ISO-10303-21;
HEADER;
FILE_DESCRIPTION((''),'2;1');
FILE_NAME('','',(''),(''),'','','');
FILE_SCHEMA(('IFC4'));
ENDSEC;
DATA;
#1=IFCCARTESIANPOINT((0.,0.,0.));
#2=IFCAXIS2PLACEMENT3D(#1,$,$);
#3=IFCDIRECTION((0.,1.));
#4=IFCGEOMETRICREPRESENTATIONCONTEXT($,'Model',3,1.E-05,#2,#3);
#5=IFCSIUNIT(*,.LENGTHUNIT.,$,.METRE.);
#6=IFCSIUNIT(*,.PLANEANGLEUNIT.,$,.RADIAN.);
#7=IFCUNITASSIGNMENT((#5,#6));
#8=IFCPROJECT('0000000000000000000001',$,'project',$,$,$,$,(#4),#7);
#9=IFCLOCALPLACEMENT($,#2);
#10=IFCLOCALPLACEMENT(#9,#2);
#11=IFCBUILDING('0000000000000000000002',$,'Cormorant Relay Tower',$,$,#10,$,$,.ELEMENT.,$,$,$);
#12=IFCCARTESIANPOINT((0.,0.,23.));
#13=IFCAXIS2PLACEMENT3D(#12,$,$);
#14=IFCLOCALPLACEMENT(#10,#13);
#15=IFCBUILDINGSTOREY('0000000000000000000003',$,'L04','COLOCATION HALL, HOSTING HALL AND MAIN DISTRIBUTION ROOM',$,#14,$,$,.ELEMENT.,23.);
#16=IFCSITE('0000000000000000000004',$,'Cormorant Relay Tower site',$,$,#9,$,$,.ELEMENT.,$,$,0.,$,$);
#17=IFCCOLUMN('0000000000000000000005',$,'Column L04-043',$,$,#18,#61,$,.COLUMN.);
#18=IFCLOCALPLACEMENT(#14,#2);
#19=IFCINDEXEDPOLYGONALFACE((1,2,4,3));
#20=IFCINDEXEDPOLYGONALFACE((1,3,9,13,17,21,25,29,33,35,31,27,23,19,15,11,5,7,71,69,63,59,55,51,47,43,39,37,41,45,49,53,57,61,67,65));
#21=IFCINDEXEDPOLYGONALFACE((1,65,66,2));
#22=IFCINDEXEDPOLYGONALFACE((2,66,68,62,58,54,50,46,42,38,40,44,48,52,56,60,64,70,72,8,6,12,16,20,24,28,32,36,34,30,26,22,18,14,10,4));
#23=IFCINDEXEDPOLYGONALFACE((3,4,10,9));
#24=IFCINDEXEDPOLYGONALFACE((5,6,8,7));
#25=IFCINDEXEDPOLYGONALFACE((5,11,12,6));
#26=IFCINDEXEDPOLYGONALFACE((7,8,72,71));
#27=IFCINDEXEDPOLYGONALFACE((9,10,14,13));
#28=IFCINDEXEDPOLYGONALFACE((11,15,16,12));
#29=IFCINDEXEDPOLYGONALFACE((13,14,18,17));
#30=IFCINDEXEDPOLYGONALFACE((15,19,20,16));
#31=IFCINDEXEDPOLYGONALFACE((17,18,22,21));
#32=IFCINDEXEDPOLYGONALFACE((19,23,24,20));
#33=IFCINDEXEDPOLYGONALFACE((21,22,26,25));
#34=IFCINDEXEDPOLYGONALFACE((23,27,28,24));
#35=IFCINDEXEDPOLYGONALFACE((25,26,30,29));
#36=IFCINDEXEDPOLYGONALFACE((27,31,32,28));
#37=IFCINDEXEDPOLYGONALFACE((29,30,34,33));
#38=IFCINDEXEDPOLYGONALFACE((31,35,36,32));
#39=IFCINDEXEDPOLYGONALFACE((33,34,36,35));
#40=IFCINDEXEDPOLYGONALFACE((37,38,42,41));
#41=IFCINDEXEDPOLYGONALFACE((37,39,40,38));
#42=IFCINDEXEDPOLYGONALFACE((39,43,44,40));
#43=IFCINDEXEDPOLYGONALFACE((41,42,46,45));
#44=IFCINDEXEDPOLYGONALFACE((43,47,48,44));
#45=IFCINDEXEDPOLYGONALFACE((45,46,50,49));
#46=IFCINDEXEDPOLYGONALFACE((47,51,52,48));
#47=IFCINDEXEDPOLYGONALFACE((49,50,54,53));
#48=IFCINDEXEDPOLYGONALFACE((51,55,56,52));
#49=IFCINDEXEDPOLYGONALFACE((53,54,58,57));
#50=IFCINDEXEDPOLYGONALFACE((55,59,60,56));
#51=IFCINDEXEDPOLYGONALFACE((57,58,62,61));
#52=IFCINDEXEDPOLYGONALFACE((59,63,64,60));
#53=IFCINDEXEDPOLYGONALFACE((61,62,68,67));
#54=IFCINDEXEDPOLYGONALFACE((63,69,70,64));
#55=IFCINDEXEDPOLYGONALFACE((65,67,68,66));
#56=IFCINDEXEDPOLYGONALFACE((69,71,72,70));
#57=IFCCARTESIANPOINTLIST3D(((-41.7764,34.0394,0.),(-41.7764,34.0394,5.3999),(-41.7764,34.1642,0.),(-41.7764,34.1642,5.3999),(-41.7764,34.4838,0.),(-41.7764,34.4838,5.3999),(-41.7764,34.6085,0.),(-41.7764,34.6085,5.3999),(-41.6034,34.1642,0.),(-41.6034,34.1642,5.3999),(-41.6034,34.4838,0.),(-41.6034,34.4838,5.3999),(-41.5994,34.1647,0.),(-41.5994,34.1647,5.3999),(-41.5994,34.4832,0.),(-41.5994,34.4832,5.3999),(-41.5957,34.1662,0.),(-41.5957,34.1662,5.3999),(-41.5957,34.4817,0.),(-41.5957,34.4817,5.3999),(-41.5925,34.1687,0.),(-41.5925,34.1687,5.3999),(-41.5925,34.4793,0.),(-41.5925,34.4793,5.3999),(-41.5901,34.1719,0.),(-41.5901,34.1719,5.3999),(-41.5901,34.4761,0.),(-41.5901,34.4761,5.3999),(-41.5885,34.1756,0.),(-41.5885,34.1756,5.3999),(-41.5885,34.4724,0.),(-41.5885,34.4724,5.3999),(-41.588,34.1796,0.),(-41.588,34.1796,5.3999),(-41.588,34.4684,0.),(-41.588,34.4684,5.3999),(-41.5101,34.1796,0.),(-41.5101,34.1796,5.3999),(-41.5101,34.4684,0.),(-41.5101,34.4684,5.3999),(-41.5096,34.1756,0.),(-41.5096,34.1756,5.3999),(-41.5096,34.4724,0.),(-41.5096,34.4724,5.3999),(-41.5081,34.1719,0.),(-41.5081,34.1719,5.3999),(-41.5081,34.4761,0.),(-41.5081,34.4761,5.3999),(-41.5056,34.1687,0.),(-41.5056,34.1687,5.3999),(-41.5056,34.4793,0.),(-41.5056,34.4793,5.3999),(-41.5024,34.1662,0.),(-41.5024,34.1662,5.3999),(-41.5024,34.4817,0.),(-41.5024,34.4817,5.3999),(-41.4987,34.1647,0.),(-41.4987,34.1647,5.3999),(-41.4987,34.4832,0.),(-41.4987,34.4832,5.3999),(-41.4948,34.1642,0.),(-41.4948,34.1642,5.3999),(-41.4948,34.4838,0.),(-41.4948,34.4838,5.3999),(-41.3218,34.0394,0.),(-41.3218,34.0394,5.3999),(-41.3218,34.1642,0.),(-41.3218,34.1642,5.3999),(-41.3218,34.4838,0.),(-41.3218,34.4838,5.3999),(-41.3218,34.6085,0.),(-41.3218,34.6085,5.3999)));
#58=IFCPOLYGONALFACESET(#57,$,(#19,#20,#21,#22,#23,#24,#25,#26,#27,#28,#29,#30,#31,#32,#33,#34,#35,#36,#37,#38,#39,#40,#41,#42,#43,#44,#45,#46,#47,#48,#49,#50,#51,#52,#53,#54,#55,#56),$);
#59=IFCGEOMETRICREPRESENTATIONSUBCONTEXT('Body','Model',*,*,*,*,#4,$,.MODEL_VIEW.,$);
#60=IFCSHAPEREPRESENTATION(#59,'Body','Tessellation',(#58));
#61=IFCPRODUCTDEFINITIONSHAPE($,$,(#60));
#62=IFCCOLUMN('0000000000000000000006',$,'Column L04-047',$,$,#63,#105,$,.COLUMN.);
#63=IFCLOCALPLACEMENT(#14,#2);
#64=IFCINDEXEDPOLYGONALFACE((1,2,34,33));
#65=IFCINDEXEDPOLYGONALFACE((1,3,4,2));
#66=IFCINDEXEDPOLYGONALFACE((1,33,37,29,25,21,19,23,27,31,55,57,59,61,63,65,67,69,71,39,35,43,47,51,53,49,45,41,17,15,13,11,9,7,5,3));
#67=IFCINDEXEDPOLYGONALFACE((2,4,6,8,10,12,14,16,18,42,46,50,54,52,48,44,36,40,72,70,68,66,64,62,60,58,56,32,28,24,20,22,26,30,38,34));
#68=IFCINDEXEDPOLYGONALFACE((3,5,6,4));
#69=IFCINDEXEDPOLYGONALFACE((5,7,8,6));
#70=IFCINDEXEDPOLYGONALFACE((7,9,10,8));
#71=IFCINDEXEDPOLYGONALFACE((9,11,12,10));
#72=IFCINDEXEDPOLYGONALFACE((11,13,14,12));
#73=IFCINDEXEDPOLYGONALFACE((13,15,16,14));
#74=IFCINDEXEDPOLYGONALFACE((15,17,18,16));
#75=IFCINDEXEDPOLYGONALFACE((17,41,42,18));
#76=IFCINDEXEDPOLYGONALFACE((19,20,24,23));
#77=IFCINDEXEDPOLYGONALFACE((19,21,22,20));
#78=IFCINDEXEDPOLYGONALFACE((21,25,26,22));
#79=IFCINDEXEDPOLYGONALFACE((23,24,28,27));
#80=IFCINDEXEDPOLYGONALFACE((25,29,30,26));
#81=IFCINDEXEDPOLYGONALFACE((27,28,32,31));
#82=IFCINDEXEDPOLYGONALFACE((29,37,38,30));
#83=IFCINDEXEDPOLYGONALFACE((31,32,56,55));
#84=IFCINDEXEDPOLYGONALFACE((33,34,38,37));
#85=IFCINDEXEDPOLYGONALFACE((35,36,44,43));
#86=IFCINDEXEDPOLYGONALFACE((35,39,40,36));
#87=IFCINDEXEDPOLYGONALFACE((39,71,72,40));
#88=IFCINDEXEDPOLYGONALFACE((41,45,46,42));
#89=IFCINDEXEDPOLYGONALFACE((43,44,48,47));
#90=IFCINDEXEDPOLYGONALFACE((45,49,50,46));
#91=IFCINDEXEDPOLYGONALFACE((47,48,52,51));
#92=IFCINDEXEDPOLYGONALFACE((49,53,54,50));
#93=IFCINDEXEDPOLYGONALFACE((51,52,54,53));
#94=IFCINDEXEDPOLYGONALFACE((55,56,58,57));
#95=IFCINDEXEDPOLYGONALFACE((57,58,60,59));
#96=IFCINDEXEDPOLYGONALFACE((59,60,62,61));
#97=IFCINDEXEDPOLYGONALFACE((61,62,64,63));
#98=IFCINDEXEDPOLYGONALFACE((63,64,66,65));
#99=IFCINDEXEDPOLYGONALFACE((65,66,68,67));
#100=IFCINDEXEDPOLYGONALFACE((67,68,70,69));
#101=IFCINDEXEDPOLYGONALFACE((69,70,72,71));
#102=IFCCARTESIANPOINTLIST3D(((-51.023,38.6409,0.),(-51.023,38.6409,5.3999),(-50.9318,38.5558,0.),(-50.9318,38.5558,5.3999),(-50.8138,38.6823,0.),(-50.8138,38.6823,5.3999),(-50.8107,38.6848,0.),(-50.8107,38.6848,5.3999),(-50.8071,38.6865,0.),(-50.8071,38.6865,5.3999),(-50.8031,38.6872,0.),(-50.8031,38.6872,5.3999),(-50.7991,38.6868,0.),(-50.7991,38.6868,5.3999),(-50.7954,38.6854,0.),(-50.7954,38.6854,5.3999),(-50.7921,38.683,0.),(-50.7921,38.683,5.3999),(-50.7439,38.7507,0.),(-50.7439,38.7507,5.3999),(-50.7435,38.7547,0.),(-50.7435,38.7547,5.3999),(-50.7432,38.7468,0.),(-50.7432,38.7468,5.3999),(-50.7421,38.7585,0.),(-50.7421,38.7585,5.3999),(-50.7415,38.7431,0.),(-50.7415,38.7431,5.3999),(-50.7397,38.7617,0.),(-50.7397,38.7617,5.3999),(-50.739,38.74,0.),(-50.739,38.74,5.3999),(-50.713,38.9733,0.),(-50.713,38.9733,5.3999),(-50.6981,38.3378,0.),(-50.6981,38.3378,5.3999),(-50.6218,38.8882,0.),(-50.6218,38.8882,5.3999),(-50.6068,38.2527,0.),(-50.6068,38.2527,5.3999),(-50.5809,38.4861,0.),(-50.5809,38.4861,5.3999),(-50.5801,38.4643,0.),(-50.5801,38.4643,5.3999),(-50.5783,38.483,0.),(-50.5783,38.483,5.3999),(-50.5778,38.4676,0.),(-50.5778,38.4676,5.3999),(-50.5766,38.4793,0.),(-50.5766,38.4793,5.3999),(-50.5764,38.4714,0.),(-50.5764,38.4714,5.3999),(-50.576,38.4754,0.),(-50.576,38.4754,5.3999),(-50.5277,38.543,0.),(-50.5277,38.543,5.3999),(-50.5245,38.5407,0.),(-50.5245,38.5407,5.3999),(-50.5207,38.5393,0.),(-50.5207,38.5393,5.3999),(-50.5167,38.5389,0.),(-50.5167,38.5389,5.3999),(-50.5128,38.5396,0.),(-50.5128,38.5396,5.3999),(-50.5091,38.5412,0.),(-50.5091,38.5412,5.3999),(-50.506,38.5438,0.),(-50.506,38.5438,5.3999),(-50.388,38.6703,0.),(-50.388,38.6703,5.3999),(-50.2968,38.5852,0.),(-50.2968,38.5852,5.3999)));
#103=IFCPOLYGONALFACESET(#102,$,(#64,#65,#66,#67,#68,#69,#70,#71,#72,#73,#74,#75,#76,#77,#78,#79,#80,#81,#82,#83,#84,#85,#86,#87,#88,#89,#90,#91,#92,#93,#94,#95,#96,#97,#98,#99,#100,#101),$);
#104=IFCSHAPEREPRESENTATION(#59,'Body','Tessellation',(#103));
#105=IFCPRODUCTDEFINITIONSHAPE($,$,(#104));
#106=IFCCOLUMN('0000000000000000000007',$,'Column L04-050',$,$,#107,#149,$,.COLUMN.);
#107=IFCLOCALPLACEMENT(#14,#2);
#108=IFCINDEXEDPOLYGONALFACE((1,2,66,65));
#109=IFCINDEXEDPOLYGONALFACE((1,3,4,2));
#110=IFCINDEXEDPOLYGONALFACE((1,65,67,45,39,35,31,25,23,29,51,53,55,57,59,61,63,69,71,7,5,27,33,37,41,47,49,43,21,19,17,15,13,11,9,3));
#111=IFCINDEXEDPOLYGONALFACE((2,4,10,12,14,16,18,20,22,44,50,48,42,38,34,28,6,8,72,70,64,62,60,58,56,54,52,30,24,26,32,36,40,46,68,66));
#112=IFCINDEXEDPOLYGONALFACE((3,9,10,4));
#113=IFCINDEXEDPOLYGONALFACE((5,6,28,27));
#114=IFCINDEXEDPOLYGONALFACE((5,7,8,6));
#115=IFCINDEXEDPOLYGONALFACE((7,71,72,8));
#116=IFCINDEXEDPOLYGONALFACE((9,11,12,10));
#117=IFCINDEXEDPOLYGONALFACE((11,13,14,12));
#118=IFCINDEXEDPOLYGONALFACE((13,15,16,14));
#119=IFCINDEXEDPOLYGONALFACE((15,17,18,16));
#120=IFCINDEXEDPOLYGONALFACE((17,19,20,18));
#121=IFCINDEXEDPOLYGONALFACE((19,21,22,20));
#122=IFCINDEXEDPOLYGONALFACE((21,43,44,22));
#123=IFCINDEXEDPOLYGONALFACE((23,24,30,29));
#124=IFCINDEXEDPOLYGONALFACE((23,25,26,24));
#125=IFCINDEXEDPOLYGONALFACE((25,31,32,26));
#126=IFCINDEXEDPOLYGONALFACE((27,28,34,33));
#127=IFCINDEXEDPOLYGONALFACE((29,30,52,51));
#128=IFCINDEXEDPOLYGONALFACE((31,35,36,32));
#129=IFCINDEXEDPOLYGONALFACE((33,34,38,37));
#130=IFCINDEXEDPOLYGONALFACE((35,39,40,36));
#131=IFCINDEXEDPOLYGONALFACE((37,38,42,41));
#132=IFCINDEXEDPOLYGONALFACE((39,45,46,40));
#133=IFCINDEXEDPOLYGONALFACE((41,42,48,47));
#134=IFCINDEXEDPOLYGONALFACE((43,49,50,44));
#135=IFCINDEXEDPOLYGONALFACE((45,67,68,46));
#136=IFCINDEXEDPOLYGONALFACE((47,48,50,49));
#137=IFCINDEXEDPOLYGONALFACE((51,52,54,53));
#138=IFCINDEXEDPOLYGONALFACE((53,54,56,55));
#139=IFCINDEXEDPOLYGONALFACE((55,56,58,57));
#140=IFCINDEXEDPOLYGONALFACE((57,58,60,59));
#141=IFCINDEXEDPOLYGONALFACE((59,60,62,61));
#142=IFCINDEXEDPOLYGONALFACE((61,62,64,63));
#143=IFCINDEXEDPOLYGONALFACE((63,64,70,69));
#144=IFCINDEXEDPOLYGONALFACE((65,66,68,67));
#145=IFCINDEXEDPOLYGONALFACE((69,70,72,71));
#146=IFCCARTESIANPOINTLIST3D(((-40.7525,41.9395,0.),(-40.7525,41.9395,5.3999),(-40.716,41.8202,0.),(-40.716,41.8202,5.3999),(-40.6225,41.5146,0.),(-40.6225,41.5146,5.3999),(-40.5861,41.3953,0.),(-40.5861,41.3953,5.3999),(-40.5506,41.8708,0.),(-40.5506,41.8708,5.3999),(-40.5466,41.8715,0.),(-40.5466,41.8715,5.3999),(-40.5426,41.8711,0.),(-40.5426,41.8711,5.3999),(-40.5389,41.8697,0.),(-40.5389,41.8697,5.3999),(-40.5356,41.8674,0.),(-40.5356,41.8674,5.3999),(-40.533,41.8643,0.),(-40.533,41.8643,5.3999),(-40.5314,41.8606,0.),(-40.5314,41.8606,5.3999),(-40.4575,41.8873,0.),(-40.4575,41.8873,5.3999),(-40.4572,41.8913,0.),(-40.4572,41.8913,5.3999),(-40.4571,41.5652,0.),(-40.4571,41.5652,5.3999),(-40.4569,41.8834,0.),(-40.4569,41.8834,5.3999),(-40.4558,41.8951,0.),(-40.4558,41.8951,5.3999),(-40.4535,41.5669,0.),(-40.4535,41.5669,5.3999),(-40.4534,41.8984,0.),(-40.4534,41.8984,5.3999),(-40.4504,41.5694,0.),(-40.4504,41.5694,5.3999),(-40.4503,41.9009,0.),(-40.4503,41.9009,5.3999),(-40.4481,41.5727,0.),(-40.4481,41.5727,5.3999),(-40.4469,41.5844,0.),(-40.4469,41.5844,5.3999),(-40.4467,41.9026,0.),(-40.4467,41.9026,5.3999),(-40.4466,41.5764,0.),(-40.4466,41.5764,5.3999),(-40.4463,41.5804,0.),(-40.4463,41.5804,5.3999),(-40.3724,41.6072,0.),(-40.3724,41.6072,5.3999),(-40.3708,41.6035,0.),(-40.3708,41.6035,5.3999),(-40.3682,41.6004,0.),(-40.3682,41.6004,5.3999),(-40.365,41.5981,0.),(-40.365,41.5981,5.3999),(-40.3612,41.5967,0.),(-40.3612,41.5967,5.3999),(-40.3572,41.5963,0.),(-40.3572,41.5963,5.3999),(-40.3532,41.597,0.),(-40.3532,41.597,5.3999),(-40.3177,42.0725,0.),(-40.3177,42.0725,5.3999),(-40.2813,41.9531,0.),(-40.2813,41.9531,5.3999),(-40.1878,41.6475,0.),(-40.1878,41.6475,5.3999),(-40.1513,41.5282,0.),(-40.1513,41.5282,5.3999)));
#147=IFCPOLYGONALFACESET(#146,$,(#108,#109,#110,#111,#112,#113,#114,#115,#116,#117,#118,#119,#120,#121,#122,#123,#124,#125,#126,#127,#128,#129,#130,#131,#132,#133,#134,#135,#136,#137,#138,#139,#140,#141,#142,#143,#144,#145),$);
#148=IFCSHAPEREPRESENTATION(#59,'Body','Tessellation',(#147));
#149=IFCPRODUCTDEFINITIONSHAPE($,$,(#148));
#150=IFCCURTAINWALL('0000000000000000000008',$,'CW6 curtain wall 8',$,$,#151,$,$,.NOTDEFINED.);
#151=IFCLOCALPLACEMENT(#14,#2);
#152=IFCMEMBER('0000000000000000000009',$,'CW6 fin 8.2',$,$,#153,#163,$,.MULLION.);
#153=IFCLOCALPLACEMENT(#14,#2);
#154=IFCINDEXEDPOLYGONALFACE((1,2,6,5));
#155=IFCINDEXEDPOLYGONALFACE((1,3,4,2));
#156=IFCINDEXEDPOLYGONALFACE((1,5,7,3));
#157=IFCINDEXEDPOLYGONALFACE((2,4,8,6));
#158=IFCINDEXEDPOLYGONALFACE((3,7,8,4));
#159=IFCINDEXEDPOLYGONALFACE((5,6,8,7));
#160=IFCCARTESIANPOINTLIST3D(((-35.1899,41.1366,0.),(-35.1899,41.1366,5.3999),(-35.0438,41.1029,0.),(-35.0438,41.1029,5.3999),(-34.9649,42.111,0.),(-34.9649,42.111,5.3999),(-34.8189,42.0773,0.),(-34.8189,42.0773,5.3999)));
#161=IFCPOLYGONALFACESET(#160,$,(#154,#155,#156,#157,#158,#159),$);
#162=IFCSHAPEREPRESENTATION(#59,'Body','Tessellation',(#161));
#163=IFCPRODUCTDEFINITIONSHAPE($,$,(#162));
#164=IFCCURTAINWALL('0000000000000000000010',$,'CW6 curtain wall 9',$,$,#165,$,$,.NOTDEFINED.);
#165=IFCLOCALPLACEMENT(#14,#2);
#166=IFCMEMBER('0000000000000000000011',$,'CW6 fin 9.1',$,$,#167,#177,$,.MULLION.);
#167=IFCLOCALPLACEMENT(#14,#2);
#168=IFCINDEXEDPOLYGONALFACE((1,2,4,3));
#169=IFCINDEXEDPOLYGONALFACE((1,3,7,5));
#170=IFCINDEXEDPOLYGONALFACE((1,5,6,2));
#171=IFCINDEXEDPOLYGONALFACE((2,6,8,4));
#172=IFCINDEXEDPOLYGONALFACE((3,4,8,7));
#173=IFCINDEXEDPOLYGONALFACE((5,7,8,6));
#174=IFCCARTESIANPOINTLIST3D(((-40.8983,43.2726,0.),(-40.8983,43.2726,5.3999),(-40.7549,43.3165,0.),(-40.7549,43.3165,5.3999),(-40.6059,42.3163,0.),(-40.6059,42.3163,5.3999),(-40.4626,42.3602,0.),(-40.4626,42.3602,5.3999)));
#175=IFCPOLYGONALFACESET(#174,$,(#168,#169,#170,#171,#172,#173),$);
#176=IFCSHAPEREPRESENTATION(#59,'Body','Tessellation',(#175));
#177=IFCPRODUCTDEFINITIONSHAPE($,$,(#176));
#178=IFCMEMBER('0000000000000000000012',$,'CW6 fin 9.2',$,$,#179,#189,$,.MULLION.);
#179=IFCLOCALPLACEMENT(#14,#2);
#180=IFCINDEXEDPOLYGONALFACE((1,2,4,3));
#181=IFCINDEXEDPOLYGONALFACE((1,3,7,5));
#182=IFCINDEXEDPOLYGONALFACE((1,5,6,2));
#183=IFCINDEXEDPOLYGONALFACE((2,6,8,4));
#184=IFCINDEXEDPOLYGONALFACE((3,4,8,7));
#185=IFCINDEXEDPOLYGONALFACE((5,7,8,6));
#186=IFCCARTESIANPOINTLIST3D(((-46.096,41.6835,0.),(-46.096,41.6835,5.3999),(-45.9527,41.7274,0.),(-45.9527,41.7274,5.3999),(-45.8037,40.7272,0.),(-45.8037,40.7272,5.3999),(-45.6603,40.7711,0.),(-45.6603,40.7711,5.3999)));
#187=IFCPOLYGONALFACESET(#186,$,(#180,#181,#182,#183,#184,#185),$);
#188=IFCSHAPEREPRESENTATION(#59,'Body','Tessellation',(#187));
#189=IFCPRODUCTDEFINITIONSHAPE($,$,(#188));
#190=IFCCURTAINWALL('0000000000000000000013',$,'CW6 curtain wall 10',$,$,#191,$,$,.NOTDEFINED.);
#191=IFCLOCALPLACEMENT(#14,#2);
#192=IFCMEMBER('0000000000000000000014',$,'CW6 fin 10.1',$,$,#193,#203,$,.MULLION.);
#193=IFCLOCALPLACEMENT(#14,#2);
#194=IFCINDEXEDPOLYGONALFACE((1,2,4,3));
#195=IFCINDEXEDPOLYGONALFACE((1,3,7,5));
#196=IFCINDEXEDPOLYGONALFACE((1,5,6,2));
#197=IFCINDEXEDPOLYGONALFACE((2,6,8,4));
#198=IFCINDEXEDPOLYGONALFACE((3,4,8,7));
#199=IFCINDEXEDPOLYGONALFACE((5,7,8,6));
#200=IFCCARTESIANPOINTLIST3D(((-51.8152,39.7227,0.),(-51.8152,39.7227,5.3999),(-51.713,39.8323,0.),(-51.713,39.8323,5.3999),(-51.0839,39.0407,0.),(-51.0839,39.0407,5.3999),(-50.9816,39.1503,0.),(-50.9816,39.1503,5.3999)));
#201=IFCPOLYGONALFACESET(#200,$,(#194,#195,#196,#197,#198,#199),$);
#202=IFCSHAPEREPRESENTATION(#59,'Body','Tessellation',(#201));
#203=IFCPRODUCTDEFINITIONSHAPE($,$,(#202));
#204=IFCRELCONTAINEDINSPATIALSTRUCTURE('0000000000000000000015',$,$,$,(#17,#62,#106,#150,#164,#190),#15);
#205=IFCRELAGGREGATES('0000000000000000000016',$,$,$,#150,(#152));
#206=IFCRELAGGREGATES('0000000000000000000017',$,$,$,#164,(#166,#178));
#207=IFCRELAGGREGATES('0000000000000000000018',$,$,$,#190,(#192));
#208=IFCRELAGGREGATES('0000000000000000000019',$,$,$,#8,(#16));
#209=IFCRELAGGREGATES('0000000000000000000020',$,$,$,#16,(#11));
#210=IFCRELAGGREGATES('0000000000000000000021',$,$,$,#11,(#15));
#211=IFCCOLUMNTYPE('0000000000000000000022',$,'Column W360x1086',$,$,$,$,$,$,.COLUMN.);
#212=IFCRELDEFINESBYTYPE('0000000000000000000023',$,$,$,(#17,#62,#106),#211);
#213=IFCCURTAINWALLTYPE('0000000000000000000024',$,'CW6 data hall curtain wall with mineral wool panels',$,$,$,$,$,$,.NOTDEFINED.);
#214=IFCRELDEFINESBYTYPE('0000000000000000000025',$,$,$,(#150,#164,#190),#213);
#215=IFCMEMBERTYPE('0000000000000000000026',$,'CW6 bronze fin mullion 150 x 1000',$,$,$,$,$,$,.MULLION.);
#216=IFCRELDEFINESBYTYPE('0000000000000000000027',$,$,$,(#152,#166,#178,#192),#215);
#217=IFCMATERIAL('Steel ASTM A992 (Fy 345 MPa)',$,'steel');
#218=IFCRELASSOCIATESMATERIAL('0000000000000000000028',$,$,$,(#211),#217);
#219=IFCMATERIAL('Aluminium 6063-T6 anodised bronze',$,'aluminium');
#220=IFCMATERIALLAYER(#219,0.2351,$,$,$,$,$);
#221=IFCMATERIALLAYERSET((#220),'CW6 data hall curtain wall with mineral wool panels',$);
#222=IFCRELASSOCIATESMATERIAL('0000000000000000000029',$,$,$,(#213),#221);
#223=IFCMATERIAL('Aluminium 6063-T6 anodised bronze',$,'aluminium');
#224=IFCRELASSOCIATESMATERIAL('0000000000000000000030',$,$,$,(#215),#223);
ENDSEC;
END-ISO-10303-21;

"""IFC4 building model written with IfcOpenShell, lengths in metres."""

from ifc_helpers import new_model, si_unit, direction, frame, origin, origin_2d, place, context, subcontext, project, spatial, rectangle, i_section, extrude, material, layer, layer_set, material_profile, profile_set, type_object, element, aggregate, save


model = new_model("IFC4")

# Units and contexts
model_context = context("Model", 3, precision=1e-05, world=origin(), true_north=direction((0.0, 1.0)))
body_context = subcontext(model_context, "Body", "Model", "MODEL_VIEW")
ifc_project = project(units=[si_unit("LENGTHUNIT", "METRE"), si_unit("PLANEANGLEUNIT", "RADIAN")], contexts=[model_context])

# Site, building, storey
site_placement = place(None, origin())
site = spatial("IfcSite", under=ifc_project, at=site_placement, Name="Cormorant Relay Tower site", CompositionType="ELEMENT", RefElevation=0.0)
building_placement = place(site_placement, origin())
building = spatial("IfcBuilding", under=site, at=building_placement, Name="Cormorant Relay Tower", CompositionType="ELEMENT")
storey_placement = place(building_placement, frame((0.0, 0.0, 23.0)))
storey = spatial("IfcBuildingStorey", under=building, at=storey_placement, Name="L04", Description="COLOCATION HALL, HOSTING HALL AND MAIN DISTRIBUTION ROOM", CompositionType="ELEMENT", Elevation=23.0)

# Columns
ifc_material_1 = material(Name="Steel ASTM A992 (Fy 345 MPa)", Category="steel")
ifc_material_profile_1 = material_profile(ifc_material_1, i_section(OverallWidth=0.4546, OverallDepth=0.5691, WebThickness=0.0779, FlangeThickness=0.1248, FilletRadius=0.0154, at=origin_2d()), Name="W360x1086")
ifc_profile_set_1 = profile_set([ifc_material_profile_1], Name="Steel ASTM A992 (Fy 345 MPa)")
column_type = type_object("IfcColumnType", Name="Column W360x1086", PredefinedType="COLUMN", material=ifc_profile_set_1)
for number, where, z_axis, x_axis, name in (
    (1, (-41.5491, 34.324, 0.0), (0.0, 0.0, 1.0), (1.0, 0.0, 0.0), "Column L04-043"),
    (2, (-50.6599, 38.613, 0.0), (0.0, 0.0, 1.0), (-0.681998, -0.731354, 0.0), "Column L04-047"),
    (3, (-40.4519, 41.7339, 0.0), (0.0, 0.0, 1.0), (-0.956305, -0.292372, 0.0), "Column L04-050"),
):
    element("IfcColumn", number, at=place(storey_placement, frame(where, z_axis=z_axis, x_axis=x_axis)), inside=storey, type_object=column_type, Name=name, PredefinedType="COLUMN", context=body_context, shape_type="SweptSolid", body=[
        extrude(i_section(OverallWidth=0.4546, OverallDepth=0.5691, WebThickness=0.0779, FlangeThickness=0.1248, FilletRadius=0.0154, at=origin_2d()), origin(), (0.0, 0.0, 1.0), 5.3999),
    ])

# Curtain wall, member
ifc_material_2 = material(Name="Aluminium 6063-T6 anodised bronze", Category="aluminium")
ifc_layer_1 = layer(ifc_material_2, 0.2351)
ifc_layer_set_1 = layer_set([ifc_layer_1], Name="CW6 data hall curtain wall with mineral wool panels")
curtain_wall_type = type_object("IfcCurtainWallType", Name="CW6 data hall curtain wall with mineral wool panels", PredefinedType="NOTDEFINED", material=ifc_layer_set_1)
curtain_wall_1_placement = place(storey_placement, origin())
curtain_wall_1 = element("IfcCurtainWall", 4, at=curtain_wall_1_placement, inside=storey, type_object=curtain_wall_type, Name="CW6 curtain wall 8", PredefinedType="NOTDEFINED")
ifc_material_3 = material(Name="Aluminium 6063-T6 anodised bronze", Category="aluminium")
ifc_material_profile_2 = material_profile(ifc_material_3, rectangle(XDim=0.1499, YDim=1.0, at=origin_2d()), Name="AL 150x1000")
ifc_profile_set_2 = profile_set([ifc_material_profile_2], Name="Aluminium 6063-T6 anodised bronze")
member_type_1 = type_object("IfcMemberType", Name="CW6 bronze fin mullion 150 x 1000", PredefinedType="MULLION", material=ifc_profile_set_2)
member_1_placement = place(storey_placement, frame((-35.0044, 41.6069, 0.0), z_axis=(0.0, 0.0, 1.0), x_axis=(-0.97437, 0.224951, 0.0)))
member_1 = element("IfcMember", 5, at=member_1_placement, type_object=member_type_1, Name="CW6 fin 8.2", PredefinedType="MULLION", context=body_context, shape_type="SweptSolid", body=[
    extrude(rectangle(XDim=0.1499, YDim=1.0, at=origin_2d()), origin(), (0.0, 0.0, 1.0), 5.3999),
])

# Curtain walls, members
curtain_wall_2_placement = place(storey_placement, origin())
curtain_wall_2 = element("IfcCurtainWall", 6, at=curtain_wall_2_placement, inside=storey, type_object=curtain_wall_type, Name="CW6 curtain wall 9", PredefinedType="NOTDEFINED")
member_2_placement = place(storey_placement, frame((-40.6804, 42.8164, 0.0), z_axis=(0.0, 0.0, 1.0), x_axis=(-0.956305, -0.292372, 0.0)))
member_2 = element("IfcMember", 7, at=member_2_placement, type_object=member_type_1, Name="CW6 fin 9.1", PredefinedType="MULLION", context=body_context, shape_type="SweptSolid", body=[
    extrude(rectangle(XDim=0.1499, YDim=1.0, at=origin_2d()), origin(), (0.0, 0.0, 1.0), 5.3999),
])
member_3_placement = place(storey_placement, frame((-45.8782, 41.2273, 0.0), z_axis=(0.0, 0.0, 1.0), x_axis=(-0.956305, -0.292372, 0.0)))
member_3 = element("IfcMember", 8, at=member_3_placement, type_object=member_type_1, Name="CW6 fin 9.2", PredefinedType="MULLION", context=body_context, shape_type="SweptSolid", body=[
    extrude(rectangle(XDim=0.1499, YDim=1.0, at=origin_2d()), origin(), (0.0, 0.0, 1.0), 5.3999),
])
curtain_wall_3_placement = place(storey_placement, origin())
curtain_wall_3 = element("IfcCurtainWall", 9, at=curtain_wall_3_placement, inside=storey, type_object=curtain_wall_type, Name="CW6 curtain wall 10", PredefinedType="NOTDEFINED")
member_4_placement = place(storey_placement, frame((-51.3984, 39.4365, 0.0), z_axis=(0.0, 0.0, 1.0), x_axis=(-0.681998, -0.731354, 0.0)))
member_4 = element("IfcMember", 10, at=member_4_placement, type_object=member_type_1, Name="CW6 fin 10.1", PredefinedType="MULLION", context=body_context, shape_type="SweptSolid", body=[
    extrude(rectangle(XDim=0.1499, YDim=1.0, at=origin_2d()), origin(), (0.0, 0.0, 1.0), 5.3999),
])

aggregate(curtain_wall_1, [member_1])
aggregate(curtain_wall_2, [member_2, member_3])
aggregate(curtain_wall_3, [member_4])

save(model, "model.ifc")
